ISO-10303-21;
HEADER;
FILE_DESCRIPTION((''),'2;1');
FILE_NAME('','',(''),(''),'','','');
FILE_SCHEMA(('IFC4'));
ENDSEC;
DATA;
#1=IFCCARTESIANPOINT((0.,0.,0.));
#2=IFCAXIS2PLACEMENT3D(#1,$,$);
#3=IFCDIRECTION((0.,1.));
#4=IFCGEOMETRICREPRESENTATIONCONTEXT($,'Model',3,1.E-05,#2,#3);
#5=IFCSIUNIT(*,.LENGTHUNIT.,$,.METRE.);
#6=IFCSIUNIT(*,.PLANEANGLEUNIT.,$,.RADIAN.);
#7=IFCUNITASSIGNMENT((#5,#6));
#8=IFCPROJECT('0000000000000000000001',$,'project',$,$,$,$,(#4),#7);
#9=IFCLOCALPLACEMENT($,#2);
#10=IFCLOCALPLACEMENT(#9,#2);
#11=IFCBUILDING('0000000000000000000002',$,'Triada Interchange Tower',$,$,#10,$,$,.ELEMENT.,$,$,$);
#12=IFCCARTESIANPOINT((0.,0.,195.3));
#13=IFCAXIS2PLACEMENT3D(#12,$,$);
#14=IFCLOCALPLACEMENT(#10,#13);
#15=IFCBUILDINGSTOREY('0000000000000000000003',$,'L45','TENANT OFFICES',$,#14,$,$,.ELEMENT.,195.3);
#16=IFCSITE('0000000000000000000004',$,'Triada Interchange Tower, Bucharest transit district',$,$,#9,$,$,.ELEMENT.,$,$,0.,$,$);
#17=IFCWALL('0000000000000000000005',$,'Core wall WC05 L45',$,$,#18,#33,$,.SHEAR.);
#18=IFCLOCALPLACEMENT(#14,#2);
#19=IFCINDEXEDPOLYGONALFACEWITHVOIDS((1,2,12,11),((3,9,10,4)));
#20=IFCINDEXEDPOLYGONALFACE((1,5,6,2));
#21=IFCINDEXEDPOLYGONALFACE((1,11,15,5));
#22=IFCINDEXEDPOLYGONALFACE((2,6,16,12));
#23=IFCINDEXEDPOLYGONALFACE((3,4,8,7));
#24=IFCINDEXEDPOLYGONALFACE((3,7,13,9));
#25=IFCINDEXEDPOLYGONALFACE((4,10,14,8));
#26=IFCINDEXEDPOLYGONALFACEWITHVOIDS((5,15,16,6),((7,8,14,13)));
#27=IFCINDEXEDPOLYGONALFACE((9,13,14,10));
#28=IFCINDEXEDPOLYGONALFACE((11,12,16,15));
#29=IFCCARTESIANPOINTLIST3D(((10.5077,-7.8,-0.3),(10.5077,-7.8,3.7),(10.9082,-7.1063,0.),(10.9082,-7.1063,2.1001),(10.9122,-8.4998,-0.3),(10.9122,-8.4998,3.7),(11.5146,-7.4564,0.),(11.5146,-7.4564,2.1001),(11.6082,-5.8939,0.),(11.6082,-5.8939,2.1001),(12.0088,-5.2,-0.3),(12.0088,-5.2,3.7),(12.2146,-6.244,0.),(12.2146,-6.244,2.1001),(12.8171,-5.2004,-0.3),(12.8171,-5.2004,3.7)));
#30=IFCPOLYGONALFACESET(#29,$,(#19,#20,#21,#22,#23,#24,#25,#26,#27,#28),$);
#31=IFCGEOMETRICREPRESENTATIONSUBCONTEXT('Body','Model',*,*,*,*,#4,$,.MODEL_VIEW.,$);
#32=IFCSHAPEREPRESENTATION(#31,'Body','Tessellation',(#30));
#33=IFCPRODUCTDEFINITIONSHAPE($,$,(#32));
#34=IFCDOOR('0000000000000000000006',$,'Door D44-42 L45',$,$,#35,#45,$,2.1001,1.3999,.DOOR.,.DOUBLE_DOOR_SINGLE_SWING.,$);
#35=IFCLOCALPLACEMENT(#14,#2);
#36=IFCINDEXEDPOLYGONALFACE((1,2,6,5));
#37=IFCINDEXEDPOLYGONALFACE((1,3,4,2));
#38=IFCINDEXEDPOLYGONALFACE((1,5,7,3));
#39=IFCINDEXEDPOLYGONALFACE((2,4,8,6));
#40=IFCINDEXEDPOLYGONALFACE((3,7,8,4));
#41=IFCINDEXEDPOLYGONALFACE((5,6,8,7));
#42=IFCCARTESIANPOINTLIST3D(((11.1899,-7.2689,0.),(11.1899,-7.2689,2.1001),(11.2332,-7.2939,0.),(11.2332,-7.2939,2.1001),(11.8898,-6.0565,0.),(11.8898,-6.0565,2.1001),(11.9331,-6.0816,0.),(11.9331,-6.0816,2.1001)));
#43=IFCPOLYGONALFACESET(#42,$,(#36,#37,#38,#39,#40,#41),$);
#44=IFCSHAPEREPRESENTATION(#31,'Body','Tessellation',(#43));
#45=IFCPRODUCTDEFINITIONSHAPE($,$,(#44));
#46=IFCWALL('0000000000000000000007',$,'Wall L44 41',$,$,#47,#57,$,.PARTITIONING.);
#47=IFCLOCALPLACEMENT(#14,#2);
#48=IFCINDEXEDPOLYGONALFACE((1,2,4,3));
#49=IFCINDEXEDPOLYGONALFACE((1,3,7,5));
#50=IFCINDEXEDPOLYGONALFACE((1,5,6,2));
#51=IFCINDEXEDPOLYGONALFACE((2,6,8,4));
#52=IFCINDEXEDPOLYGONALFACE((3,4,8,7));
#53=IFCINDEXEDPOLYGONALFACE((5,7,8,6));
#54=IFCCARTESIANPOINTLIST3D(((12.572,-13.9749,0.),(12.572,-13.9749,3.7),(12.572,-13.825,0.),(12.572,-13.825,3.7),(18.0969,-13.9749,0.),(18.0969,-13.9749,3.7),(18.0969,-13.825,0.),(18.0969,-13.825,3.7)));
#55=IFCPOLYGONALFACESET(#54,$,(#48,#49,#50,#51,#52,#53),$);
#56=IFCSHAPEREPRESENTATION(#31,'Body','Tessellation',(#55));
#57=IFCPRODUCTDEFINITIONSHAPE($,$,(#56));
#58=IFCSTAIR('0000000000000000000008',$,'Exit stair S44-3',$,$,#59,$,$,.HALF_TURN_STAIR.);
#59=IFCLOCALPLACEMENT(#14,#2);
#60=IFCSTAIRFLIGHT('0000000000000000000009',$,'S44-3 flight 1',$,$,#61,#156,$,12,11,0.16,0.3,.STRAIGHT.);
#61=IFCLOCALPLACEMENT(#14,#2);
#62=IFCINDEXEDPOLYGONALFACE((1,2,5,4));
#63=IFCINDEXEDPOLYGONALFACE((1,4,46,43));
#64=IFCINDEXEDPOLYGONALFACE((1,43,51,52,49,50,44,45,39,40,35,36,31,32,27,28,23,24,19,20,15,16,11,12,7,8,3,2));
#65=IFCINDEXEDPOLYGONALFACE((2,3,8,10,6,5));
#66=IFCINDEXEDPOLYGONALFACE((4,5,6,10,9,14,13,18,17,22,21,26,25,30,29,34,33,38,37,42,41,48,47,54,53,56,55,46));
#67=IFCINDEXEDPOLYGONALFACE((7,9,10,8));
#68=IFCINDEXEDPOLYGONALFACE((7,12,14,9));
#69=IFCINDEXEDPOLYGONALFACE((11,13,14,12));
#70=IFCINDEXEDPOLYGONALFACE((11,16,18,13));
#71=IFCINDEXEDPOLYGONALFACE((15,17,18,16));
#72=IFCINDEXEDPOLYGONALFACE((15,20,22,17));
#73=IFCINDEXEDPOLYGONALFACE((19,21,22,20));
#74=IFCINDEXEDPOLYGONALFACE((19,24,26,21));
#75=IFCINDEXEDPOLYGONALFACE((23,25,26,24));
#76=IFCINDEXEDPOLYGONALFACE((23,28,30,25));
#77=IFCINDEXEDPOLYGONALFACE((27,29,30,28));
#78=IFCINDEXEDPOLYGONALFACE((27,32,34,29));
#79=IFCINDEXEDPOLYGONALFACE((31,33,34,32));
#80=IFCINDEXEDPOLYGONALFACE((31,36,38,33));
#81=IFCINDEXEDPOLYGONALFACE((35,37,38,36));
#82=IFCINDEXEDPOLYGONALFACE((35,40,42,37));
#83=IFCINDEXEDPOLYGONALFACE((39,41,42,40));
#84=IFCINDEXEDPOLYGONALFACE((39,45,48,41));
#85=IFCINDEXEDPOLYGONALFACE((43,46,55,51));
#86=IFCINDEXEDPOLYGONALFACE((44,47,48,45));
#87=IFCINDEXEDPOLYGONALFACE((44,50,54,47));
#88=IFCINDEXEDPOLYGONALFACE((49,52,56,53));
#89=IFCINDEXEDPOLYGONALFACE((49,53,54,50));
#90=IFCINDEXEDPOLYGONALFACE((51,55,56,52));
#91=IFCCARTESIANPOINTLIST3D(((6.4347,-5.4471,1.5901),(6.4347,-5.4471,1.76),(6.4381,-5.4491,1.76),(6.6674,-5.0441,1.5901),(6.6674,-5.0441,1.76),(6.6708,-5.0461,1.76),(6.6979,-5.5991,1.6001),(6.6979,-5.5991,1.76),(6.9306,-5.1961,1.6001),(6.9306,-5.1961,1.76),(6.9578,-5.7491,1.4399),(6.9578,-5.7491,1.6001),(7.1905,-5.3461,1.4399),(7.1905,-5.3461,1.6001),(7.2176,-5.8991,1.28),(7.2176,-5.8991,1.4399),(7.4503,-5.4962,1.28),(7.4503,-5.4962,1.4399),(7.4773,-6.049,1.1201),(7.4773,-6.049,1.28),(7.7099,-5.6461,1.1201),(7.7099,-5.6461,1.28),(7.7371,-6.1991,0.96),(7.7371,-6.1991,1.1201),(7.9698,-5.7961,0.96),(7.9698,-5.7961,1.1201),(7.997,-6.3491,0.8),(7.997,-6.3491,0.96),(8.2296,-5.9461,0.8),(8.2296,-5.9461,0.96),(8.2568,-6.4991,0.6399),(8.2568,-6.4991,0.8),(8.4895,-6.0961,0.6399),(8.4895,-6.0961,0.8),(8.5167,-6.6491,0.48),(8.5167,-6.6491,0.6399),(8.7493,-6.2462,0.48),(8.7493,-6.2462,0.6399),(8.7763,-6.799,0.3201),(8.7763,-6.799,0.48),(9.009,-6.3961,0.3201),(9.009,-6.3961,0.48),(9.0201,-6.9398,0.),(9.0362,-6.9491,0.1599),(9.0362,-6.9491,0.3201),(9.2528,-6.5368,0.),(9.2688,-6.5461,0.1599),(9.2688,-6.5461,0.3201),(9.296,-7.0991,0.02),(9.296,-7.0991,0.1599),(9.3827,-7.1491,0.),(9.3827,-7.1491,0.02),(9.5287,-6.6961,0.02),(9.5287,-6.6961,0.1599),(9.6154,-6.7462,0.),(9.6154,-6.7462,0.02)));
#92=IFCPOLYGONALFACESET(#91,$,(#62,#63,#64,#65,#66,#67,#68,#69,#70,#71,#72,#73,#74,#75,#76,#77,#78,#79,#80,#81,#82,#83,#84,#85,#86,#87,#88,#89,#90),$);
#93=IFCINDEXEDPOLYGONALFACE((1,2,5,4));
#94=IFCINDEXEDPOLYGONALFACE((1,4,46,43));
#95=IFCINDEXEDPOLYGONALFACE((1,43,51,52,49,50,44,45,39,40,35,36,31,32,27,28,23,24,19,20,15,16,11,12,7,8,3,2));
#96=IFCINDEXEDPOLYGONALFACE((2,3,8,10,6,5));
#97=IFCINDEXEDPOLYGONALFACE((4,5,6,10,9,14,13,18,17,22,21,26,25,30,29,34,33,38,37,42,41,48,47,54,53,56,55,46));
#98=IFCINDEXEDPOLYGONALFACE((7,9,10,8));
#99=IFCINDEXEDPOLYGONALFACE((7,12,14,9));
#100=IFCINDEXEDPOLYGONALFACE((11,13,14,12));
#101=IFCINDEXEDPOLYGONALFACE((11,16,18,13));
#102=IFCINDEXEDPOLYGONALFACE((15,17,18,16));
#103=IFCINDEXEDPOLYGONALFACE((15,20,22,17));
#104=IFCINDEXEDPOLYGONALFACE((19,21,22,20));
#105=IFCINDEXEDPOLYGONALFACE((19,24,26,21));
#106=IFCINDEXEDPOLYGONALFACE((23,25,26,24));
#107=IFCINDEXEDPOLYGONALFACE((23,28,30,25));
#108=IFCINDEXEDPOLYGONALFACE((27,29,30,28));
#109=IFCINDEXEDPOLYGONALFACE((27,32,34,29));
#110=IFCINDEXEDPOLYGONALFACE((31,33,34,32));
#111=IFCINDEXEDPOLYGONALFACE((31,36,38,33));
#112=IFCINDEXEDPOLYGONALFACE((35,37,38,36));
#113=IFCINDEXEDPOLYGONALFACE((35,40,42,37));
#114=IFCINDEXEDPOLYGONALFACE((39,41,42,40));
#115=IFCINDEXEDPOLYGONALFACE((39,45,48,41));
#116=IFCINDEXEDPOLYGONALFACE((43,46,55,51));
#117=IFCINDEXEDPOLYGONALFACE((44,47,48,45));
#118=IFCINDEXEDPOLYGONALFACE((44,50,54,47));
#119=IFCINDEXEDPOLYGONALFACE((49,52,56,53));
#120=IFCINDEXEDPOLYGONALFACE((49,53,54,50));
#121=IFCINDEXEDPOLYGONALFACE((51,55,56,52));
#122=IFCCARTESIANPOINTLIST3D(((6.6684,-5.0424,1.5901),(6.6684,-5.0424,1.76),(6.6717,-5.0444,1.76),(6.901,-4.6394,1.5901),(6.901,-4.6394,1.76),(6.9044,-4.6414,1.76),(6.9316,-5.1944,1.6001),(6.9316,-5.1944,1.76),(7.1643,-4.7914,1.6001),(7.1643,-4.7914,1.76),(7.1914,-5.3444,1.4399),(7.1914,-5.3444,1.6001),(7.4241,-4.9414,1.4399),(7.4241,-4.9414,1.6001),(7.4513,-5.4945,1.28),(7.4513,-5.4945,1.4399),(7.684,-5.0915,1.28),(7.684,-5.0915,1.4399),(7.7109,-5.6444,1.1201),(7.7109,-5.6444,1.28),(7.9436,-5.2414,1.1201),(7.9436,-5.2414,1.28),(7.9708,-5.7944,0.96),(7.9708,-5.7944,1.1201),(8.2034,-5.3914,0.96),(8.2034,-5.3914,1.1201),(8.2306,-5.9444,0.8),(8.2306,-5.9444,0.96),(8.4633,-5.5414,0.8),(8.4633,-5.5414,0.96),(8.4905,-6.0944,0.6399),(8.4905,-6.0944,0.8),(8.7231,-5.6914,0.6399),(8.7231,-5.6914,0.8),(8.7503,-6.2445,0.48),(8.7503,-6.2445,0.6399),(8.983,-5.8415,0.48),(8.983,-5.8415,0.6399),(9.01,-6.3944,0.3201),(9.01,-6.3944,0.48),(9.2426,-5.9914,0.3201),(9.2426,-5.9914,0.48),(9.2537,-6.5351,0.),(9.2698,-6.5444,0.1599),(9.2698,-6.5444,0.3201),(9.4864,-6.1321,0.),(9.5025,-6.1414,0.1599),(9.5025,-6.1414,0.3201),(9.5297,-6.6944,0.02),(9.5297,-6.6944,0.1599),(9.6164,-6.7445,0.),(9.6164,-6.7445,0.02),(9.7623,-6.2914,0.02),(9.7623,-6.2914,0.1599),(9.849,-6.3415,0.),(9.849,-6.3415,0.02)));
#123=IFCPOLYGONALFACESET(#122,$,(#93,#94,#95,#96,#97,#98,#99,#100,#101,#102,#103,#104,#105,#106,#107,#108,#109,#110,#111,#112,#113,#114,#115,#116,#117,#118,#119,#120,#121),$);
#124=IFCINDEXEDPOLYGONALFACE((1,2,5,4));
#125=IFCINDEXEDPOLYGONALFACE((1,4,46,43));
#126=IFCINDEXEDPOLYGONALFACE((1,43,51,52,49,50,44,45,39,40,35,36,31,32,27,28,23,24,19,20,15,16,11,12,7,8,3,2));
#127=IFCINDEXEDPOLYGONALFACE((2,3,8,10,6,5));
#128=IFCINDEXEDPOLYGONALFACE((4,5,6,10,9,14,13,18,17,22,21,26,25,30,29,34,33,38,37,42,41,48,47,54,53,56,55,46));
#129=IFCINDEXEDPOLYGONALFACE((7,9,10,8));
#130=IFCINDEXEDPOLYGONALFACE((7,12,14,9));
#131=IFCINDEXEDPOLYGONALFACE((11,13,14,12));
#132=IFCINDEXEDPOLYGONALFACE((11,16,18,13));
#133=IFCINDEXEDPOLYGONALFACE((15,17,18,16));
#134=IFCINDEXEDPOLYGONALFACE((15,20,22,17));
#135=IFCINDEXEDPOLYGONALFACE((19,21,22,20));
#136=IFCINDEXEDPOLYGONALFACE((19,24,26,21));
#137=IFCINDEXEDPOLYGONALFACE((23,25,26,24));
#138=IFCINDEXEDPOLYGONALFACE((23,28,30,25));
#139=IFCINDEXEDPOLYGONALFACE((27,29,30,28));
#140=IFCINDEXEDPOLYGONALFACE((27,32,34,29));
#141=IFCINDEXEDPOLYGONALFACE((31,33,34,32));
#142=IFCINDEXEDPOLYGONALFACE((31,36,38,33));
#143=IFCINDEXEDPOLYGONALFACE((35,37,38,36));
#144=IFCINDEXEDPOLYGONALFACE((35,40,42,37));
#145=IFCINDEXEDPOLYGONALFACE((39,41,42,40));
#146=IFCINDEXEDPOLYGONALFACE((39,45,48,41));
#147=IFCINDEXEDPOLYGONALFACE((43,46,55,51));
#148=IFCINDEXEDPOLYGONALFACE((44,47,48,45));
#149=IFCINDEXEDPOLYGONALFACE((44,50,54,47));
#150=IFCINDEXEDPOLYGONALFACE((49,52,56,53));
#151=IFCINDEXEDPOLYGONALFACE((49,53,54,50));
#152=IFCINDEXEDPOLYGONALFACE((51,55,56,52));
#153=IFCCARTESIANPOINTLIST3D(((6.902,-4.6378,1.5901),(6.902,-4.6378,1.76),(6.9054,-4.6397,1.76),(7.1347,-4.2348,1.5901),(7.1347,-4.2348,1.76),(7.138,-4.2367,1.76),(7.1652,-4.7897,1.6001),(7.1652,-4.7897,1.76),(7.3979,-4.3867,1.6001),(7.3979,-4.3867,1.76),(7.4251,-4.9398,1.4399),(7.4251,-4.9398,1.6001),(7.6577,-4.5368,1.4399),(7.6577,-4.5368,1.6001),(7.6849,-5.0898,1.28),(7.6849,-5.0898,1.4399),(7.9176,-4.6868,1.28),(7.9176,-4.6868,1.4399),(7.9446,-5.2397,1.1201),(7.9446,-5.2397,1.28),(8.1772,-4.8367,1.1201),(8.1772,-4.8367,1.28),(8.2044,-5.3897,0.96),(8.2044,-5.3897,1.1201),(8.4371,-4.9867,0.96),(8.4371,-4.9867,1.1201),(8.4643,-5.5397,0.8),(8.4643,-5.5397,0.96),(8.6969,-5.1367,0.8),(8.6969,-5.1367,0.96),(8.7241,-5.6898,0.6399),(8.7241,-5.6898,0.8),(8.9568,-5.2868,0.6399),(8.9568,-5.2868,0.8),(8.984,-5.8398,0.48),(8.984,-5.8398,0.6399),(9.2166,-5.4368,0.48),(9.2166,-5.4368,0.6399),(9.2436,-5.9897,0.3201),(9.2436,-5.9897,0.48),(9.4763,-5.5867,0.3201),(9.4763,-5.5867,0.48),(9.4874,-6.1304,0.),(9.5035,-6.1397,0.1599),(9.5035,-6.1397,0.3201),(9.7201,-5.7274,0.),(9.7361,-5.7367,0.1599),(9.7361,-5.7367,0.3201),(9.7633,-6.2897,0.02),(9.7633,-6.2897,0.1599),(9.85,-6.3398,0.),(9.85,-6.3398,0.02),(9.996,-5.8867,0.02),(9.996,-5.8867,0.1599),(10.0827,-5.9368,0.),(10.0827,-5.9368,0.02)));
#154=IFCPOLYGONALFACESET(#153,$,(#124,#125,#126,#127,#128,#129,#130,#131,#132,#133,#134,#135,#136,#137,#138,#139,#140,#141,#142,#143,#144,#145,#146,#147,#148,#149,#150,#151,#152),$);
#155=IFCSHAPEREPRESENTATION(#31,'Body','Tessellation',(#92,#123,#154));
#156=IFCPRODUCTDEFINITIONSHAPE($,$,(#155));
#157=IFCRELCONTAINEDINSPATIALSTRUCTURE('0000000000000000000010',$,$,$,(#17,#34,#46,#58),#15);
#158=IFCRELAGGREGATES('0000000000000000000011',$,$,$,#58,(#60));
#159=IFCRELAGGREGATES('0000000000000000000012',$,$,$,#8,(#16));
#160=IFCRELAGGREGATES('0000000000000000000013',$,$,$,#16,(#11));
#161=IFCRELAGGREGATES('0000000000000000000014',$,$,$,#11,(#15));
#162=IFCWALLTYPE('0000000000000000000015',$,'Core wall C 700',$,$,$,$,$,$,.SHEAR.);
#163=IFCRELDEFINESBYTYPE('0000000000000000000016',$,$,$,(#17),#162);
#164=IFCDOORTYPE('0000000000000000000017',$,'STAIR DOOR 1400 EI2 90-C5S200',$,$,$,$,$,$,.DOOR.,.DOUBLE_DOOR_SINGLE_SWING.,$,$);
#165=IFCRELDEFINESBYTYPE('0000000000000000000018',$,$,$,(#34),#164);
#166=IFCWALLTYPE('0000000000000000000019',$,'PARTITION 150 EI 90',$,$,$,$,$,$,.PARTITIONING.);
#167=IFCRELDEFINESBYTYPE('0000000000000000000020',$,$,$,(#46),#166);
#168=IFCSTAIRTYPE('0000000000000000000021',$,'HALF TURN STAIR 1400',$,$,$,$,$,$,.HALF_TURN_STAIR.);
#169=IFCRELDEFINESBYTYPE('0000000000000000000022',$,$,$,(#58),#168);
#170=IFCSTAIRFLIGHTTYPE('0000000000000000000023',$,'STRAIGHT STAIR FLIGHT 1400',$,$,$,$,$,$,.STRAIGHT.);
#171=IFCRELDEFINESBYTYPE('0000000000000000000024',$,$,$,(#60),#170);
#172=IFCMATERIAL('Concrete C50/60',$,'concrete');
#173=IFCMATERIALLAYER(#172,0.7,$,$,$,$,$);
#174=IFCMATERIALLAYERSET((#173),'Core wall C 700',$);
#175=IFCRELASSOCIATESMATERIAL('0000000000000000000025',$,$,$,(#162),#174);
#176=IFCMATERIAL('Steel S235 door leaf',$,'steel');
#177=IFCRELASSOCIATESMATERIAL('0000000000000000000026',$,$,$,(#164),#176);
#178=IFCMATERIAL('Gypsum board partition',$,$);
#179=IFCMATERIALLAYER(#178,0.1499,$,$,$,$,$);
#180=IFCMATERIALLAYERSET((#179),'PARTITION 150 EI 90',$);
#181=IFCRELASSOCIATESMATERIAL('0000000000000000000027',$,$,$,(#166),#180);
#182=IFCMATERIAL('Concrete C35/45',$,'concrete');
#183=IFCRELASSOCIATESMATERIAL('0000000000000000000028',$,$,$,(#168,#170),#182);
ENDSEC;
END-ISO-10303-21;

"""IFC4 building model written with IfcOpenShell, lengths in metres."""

from ifc_helpers import new_model, si_unit, direction, frame, frame_2d, origin, place, context, subcontext, project, spatial, polyline, rectangle, outline, extrude, material, layer, layer_set, type_object, element, fill, aggregate, save


model = new_model("IFC4")

# Units and contexts
model_context = context("Model", 3, precision=1e-05, world=origin(), true_north=direction((0.0, 1.0)))
body_context = subcontext(model_context, "Body", "Model", "MODEL_VIEW")
ifc_project = project(units=[si_unit("LENGTHUNIT", "METRE"), si_unit("PLANEANGLEUNIT", "RADIAN")], contexts=[model_context])

# Site, building, storey
site_placement = place(None, origin())
site = spatial("IfcSite", under=ifc_project, at=site_placement, Name="Triada Interchange Tower, Bucharest transit district", CompositionType="ELEMENT", RefElevation=0.0)
building_placement = place(site_placement, origin())
building = spatial("IfcBuilding", under=site, at=building_placement, Name="Triada Interchange Tower", CompositionType="ELEMENT")
storey_placement = place(building_placement, frame((0.0, 0.0, 195.3)))
storey = spatial("IfcBuildingStorey", under=building, at=storey_placement, Name="L45", Description="TENANT OFFICES", CompositionType="ELEMENT", Elevation=195.3)

# Shared definitions
ifc_material_1 = material(Name="Steel S235 door leaf", Category="steel")

# Wall, opening, door
ifc_material_2 = material(Name="Concrete C50/60", Category="concrete")
ifc_layer_1 = layer(ifc_material_2, 0.7)
ifc_layer_set_1 = layer_set([ifc_layer_1], Name="Core wall C 700")
wall_type_1 = type_object("IfcWallType", Name="Core wall C 700", PredefinedType="SHEAR", material=ifc_layer_set_1)
wall_1_placement = place(storey_placement, frame((10.71, -8.1499, -0.3), z_axis=(0.0, 0.0, 1.0), x_axis=(0.499993, 0.866029, 0.0)))
wall_1 = element("IfcWall", 1, at=wall_1_placement, inside=storey, type_object=wall_type_1, Name="Core wall WC05 L45", PredefinedType="SHEAR", context=body_context, shape_type="SweptSolid", body=[
    extrude(outline(polyline([(-0.2019, -0.3501), (1.7031, -0.3501), (3.6079, -0.3501), (3.2041, 0.3501), (1.7031, 0.3501), (0.2019, 0.3501), (-0.2019, -0.3501)])), origin(), (0.0, 0.0, 1.0), 4.0),
])
opening_1_placement = place(wall_1_placement, frame((1.0029, 0.0, 0.3)))
opening_1 = element("IfcOpeningElement", 2, at=opening_1_placement, cuts=wall_1, PredefinedType="OPENING", context=body_context, shape_type="SweptSolid", body=[
    extrude(rectangle(XDim=1.3999, YDim=2.1001, at=frame_2d((0.7, 1.05))), frame((0.0, 0.3601, 0.0), z_axis=(0.0, -1.0, 0.0), x_axis=(1.0, 0.0, 0.0)), (0.0, 0.0, 1.0), 0.7202),
])
door_type_1 = type_object("IfcDoorType", Name="STAIR DOOR 1400 EI2 90-C5S200", OperationType="DOUBLE_DOOR_SINGLE_SWING", PredefinedType="DOOR", material=ifc_material_1)
door_1_placement = place(opening_1_placement, origin())
door_1 = element("IfcDoor", 3, at=door_1_placement, inside=storey, type_object=door_type_1, Name="Door D44-42 L45", OperationType="DOUBLE_DOOR_SINGLE_SWING", OverallHeight=2.1001, OverallWidth=1.3999, PredefinedType="DOOR", context=body_context, shape_type="SweptSolid", body=[
    extrude(rectangle(XDim=1.3999, YDim=2.1001, at=frame_2d((0.7, 1.05))), frame((0.0, 0.0249, 0.0), z_axis=(0.0, -1.0, 0.0), x_axis=(1.0, 0.0, 0.0)), (0.0, 0.0, 1.0), 0.05),
])
fill(opening_1, door_1)

# Wall
ifc_material_3 = material(Name="Gypsum board partition")
ifc_layer_2 = layer(ifc_material_3, 0.1499)
ifc_layer_set_2 = layer_set([ifc_layer_2], Name="PARTITION 150 EI 90")
wall_type_2 = type_object("IfcWallType", Name="PARTITION 150 EI 90", PredefinedType="PARTITIONING", material=ifc_layer_set_2)
wall_2_placement = place(storey_placement, frame((12.572, -13.8999, 0.0), z_axis=(0.0, 0.0, 1.0), x_axis=(1.0, 0.0, 0.0)))
element("IfcWall", 4, at=wall_2_placement, inside=storey, type_object=wall_type_2, Name="Wall L44 41", PredefinedType="PARTITIONING", context=body_context, shape_type="SweptSolid", body=[
    extrude(rectangle(XDim=5.5249, YDim=0.1499, at=frame_2d((2.7625, 0.0))), origin(), (0.0, 0.0, 1.0), 3.7),
])

# Stair, stair flight
ifc_material_4 = material(Name="Concrete C35/45", Category="concrete")
stair_type = type_object("IfcStairType", Name="HALF TURN STAIR 1400", PredefinedType="HALF_TURN_STAIR", material=ifc_material_4)
stair_placement = place(storey_placement, origin())
stair = element("IfcStair", 5, at=stair_placement, inside=storey, type_object=stair_type, Name="Exit stair S44-3", PredefinedType="HALF_TURN_STAIR")
stair_flight_type = type_object("IfcStairFlightType", Name="STRAIGHT STAIR FLIGHT 1400", PredefinedType="STRAIGHT", material=ifc_material_4)
stair_flight_1_placement = place(storey_placement, frame((9.646, -6.4929, 0.0), z_axis=(0.0, 0.0, 1.0), x_axis=(-0.866025, 0.5, 0.0)))
stair_flight_1 = element("IfcStairFlight", 6, at=stair_flight_1_placement, type_object=stair_flight_type, Name="S44-3 flight 1", NumberOfRisers=12, NumberOfTreads=11, PredefinedType="STRAIGHT", RiserHeight=0.16, TreadLength=0.3, context=body_context, shape_type="SweptSolid", body=[
    extrude(outline(polyline([(-0.1001, 0.0), (-0.1001, 0.02), (0.0, 0.02), (0.0, 0.1599), (0.3, 0.1599), (0.3, 0.3201), (0.6001, 0.3201), (0.6001, 0.48), (0.8999, 0.48), (0.8999, 0.6399), (1.2, 0.6399), (1.2, 0.8), (1.5, 0.8), (1.5, 0.96), (1.8, 0.96), (1.8, 1.1201), (2.1001, 1.1201), (2.1001, 1.28), (2.3999, 1.28), (2.3999, 1.4399), (2.7, 1.4399), (2.7, 1.6001), (3.0, 1.6001), (3.0, 1.76), (3.3, 1.76), (3.304, 1.76), (3.304, 1.9199), (3.304, 1.5901), (0.3186, 0.0), (-0.1001, 0.0)])), frame((0.0, 0.7, 0.0), z_axis=(0.0, -1.0, 0.0), x_axis=(1.0, 0.0, 0.0)), (0.0, 0.0, 1.0), 0.4653),
    extrude(outline(polyline([(-0.1001, 0.0), (-0.1001, 0.02), (0.0, 0.02), (0.0, 0.1599), (0.3, 0.1599), (0.3, 0.3201), (0.6001, 0.3201), (0.6001, 0.48), (0.8999, 0.48), (0.8999, 0.6399), (1.2, 0.6399), (1.2, 0.8), (1.5, 0.8), (1.5, 0.96), (1.8, 0.96), (1.8, 1.1201), (2.1001, 1.1201), (2.1001, 1.28), (2.3999, 1.28), (2.3999, 1.4399), (2.7, 1.4399), (2.7, 1.6001), (3.0, 1.6001), (3.0, 1.76), (3.3, 1.76), (3.304, 1.76), (3.304, 1.9199), (3.304, 1.5901), (0.3186, 0.0), (-0.1001, 0.0)])), frame((0.0, 0.2327, 0.0), z_axis=(0.0, -1.0, 0.0), x_axis=(1.0, 0.0, 0.0)), (0.0, 0.0, 1.0), 0.4653),
    extrude(outline(polyline([(-0.1001, 0.0), (-0.1001, 0.02), (0.0, 0.02), (0.0, 0.1599), (0.3, 0.1599), (0.3, 0.3201), (0.6001, 0.3201), (0.6001, 0.48), (0.8999, 0.48), (0.8999, 0.6399), (1.2, 0.6399), (1.2, 0.8), (1.5, 0.8), (1.5, 0.96), (1.8, 0.96), (1.8, 1.1201), (2.1001, 1.1201), (2.1001, 1.28), (2.3999, 1.28), (2.3999, 1.4399), (2.7, 1.4399), (2.7, 1.6001), (3.0, 1.6001), (3.0, 1.76), (3.3, 1.76), (3.304, 1.76), (3.304, 1.9199), (3.304, 1.5901), (0.3186, 0.0), (-0.1001, 0.0)])), frame((0.0, -0.2346, 0.0), z_axis=(0.0, -1.0, 0.0), x_axis=(1.0, 0.0, 0.0)), (0.0, 0.0, 1.0), 0.4653),
])
aggregate(stair, [stair_flight_1])

save(model, "model.ifc")
